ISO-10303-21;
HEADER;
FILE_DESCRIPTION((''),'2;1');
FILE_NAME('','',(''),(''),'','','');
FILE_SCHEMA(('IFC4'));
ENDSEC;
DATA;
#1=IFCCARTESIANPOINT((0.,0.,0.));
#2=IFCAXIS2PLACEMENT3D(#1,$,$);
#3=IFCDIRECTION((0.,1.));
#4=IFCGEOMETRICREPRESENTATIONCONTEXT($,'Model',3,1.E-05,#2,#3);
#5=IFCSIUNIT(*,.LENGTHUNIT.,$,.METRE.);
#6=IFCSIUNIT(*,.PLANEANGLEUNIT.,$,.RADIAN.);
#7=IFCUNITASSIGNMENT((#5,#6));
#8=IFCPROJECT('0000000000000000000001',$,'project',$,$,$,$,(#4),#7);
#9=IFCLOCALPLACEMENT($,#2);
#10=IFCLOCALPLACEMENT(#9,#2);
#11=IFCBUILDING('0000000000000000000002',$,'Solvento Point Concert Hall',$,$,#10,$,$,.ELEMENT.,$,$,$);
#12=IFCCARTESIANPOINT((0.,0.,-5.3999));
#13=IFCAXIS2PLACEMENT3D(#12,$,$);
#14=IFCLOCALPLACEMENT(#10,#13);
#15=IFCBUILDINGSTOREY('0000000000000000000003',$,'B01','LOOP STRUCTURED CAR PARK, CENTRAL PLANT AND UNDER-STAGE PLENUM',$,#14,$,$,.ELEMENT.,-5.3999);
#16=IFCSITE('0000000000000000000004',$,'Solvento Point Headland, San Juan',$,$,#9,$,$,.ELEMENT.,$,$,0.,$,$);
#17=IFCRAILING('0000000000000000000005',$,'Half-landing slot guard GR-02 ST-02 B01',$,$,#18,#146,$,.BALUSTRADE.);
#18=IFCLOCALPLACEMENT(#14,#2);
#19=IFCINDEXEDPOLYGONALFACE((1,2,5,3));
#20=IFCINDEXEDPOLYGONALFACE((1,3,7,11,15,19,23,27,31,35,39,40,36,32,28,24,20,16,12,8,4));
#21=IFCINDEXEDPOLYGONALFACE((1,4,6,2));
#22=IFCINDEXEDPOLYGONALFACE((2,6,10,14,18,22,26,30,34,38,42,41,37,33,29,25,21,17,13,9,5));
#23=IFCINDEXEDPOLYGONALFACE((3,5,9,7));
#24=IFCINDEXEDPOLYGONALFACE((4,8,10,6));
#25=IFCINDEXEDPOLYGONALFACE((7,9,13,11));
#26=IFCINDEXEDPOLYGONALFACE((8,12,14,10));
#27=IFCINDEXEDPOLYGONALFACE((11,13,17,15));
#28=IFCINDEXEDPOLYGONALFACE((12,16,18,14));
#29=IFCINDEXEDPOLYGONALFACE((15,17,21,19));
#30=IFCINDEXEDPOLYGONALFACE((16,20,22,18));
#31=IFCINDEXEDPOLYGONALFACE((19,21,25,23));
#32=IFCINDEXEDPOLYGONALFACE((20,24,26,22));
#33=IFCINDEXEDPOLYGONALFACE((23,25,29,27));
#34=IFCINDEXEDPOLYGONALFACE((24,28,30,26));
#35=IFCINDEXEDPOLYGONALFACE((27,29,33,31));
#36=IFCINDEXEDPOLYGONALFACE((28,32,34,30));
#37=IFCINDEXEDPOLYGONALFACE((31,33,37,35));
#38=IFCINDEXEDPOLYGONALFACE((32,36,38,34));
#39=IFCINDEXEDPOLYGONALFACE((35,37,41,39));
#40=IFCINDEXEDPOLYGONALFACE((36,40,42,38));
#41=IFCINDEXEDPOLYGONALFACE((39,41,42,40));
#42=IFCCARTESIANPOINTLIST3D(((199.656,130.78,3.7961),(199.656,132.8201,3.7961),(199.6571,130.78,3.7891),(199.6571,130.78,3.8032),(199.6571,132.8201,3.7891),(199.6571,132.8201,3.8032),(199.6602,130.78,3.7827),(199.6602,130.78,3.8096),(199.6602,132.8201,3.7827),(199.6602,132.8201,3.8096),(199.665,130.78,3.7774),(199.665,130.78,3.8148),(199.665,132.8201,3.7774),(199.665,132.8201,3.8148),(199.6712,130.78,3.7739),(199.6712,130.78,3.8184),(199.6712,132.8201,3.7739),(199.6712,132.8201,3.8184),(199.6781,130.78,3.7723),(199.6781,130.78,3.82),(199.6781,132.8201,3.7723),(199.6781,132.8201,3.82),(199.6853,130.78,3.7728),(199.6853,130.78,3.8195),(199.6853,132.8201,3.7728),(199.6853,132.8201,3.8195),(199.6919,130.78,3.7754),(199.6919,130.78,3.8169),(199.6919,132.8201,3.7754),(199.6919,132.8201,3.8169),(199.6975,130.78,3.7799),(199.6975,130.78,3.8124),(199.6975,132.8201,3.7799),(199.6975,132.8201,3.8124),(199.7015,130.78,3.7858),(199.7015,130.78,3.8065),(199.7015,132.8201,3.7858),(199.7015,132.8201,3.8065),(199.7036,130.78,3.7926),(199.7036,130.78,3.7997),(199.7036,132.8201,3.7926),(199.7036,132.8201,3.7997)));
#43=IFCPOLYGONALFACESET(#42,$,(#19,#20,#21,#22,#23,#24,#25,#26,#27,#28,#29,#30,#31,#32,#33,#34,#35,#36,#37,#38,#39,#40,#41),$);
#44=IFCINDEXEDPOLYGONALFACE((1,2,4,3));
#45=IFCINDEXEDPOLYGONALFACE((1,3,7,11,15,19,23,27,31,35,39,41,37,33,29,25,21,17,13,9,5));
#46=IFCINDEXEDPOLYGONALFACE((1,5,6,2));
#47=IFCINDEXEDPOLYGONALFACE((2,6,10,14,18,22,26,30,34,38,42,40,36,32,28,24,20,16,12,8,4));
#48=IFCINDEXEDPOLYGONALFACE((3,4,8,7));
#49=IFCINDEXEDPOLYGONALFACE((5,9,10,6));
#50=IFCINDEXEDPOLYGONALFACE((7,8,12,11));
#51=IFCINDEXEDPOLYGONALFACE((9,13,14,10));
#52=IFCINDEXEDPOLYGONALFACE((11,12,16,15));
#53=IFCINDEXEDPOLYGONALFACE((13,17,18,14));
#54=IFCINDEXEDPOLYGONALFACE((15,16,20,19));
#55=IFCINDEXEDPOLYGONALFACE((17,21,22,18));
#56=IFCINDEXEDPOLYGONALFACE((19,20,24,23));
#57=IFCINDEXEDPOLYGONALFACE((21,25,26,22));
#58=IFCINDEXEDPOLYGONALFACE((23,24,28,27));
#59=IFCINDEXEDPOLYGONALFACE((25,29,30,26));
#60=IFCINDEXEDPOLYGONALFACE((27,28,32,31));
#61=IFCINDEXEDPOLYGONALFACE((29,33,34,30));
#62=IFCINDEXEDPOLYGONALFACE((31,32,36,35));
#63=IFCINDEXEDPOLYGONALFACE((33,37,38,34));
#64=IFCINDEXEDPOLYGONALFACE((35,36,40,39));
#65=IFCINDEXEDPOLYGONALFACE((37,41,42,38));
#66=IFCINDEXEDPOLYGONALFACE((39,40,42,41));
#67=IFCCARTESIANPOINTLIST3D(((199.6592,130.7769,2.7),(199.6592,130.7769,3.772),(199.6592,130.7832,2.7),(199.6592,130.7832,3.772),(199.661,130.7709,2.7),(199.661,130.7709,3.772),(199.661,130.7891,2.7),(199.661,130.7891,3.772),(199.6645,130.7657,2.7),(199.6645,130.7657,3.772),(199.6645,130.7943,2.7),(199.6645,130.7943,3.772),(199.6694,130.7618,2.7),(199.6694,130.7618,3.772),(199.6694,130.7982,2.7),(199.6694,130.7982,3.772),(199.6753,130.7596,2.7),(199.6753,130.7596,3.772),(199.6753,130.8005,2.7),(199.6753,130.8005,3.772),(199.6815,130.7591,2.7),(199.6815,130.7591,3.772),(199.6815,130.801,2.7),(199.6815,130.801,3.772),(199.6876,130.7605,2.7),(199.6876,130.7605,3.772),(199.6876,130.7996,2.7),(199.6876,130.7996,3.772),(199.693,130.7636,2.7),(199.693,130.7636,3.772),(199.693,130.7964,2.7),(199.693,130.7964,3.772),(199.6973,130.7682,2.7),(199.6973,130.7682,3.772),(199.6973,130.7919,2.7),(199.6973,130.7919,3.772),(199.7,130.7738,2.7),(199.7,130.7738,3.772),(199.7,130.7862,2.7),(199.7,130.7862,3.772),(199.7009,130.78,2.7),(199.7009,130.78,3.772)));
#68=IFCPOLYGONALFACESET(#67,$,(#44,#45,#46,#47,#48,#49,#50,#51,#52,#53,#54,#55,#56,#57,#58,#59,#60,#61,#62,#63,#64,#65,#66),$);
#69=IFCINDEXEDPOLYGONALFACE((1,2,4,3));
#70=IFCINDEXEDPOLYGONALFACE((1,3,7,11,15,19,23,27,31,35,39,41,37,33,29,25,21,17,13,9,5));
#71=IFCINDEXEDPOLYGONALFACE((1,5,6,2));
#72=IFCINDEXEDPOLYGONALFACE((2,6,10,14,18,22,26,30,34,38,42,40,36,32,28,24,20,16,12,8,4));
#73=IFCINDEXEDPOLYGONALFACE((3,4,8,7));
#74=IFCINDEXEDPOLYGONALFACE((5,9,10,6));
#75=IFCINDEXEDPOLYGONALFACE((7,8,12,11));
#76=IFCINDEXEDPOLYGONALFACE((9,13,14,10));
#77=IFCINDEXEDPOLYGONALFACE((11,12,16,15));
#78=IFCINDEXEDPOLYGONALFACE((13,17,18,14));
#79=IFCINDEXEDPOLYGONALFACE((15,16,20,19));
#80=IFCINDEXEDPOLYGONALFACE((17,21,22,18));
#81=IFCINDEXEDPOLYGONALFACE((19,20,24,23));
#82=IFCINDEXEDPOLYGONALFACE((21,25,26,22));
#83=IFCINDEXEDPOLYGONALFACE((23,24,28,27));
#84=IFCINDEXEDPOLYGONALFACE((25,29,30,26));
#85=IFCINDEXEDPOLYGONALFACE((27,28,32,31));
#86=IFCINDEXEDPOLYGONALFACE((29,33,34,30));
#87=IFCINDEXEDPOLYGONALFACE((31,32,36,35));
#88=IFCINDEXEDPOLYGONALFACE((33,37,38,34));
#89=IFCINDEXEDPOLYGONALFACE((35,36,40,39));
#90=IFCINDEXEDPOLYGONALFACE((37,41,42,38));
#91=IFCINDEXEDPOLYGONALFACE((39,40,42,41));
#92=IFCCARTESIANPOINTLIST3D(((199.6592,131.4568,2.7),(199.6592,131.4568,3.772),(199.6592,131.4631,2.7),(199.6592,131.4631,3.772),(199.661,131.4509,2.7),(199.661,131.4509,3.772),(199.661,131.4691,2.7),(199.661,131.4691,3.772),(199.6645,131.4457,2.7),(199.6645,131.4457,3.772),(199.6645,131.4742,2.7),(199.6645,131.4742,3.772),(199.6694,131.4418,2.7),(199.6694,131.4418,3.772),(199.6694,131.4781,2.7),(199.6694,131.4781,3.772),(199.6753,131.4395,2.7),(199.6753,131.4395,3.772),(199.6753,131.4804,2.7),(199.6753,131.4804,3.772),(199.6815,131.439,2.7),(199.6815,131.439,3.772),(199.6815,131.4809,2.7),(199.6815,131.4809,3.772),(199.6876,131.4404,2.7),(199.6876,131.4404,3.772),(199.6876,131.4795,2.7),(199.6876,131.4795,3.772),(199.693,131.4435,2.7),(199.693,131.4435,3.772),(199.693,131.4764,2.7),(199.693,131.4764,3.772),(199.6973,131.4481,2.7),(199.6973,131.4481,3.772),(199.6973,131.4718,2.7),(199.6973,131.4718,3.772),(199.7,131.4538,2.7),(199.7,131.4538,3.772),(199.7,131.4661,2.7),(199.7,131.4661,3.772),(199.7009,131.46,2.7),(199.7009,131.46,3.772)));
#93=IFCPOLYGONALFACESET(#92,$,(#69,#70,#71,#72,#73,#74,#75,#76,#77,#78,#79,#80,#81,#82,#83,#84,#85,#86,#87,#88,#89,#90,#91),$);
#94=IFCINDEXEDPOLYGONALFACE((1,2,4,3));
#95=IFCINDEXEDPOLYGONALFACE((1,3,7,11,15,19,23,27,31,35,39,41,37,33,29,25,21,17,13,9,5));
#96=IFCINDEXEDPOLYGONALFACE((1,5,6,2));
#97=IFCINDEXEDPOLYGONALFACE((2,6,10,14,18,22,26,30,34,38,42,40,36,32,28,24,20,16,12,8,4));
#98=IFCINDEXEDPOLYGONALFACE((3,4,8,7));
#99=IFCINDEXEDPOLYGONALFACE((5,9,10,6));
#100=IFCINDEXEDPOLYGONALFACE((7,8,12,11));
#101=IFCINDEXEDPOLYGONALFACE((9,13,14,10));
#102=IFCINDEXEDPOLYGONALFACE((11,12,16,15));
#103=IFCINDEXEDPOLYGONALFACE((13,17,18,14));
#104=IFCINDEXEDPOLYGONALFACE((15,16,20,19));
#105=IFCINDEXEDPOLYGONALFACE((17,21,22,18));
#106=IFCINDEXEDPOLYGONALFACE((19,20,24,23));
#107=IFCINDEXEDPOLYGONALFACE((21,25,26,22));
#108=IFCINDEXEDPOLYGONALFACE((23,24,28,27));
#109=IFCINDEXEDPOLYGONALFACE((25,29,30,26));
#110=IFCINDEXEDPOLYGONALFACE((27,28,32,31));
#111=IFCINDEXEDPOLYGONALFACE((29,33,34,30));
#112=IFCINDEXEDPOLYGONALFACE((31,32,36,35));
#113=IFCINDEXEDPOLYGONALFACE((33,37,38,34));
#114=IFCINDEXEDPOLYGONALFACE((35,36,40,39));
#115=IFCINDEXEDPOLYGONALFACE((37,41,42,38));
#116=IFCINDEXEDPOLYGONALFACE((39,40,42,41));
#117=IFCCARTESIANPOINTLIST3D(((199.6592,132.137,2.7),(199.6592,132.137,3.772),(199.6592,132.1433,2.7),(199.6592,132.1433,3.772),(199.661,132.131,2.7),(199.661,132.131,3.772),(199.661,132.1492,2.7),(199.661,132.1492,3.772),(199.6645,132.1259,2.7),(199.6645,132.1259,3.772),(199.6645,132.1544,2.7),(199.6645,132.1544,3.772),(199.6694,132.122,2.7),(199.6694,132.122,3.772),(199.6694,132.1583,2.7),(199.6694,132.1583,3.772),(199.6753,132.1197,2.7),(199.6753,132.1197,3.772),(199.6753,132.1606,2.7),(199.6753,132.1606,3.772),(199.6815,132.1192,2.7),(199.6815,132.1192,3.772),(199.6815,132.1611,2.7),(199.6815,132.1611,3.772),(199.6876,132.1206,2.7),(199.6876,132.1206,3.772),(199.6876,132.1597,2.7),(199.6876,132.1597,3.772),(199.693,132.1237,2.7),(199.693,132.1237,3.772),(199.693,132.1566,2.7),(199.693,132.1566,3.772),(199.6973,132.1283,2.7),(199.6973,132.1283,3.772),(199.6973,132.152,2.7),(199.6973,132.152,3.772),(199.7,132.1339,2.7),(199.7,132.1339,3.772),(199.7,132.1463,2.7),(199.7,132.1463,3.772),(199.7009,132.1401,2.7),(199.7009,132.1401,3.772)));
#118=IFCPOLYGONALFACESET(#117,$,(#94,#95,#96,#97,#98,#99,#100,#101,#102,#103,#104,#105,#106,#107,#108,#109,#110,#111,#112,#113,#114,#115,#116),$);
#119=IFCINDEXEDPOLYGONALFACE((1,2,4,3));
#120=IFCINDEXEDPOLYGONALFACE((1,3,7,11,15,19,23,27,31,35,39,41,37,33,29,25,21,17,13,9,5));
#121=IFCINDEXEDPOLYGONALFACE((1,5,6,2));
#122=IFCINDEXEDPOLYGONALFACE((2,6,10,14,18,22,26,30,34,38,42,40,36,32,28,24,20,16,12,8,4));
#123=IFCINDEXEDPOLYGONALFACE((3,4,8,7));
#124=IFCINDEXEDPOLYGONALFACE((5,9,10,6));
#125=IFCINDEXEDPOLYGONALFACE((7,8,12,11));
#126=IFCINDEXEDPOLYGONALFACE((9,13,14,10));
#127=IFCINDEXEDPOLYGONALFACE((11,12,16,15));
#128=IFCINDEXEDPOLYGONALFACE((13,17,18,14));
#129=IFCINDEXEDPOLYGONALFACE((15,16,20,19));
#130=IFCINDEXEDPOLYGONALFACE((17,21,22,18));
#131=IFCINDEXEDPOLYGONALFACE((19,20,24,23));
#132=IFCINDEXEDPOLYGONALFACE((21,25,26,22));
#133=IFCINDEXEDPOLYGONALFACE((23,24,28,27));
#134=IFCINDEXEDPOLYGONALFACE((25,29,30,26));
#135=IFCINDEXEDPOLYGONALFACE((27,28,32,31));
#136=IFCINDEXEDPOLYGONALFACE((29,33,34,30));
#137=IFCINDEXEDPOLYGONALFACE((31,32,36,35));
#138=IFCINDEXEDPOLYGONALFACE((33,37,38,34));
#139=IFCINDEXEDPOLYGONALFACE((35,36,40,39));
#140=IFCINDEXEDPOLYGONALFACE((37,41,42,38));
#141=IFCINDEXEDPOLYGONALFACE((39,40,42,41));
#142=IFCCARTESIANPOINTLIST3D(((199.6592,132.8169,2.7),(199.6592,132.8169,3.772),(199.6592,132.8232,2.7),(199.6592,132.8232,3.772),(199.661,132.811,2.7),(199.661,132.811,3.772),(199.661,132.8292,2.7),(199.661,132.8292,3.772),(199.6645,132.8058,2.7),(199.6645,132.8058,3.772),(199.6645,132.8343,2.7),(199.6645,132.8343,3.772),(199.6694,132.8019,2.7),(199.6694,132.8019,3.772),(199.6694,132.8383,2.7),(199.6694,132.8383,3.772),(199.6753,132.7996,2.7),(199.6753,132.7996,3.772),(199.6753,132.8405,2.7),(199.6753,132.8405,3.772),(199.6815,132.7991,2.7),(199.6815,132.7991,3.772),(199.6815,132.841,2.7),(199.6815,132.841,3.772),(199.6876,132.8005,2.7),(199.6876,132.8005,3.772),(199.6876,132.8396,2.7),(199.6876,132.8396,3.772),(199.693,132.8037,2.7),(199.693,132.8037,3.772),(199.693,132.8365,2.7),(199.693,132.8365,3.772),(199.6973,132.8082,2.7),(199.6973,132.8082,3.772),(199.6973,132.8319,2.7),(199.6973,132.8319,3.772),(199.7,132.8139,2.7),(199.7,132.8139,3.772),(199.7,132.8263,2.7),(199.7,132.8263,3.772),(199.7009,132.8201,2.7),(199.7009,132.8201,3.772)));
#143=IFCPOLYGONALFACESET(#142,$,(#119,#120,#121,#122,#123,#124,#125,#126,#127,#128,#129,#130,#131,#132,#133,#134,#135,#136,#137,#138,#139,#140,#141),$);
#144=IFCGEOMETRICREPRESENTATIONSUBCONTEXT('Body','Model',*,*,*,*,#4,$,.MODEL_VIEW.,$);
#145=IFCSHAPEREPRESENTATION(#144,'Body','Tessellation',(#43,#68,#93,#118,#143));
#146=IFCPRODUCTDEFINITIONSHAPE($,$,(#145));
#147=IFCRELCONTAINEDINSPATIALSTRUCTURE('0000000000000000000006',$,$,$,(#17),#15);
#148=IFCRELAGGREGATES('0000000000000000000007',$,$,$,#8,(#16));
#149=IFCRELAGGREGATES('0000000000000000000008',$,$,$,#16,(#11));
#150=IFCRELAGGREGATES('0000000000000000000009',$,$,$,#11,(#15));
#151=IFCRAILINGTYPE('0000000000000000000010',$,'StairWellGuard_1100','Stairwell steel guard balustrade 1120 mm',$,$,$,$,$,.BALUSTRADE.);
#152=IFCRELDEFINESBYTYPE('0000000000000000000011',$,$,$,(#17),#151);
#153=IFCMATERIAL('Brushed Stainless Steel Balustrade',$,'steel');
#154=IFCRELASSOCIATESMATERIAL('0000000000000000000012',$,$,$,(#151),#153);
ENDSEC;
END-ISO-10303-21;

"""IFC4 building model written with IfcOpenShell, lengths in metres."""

from ifc_helpers import new_model, si_unit, direction, frame, origin, origin_2d, place, context, subcontext, project, spatial, circle, extrude, material, type_object, element, save


model = new_model("IFC4")

# Units and contexts
model_context = context("Model", 3, precision=1e-05, world=origin(), true_north=direction((0.0, 1.0)))
body_context = subcontext(model_context, "Body", "Model", "MODEL_VIEW")
ifc_project = project(units=[si_unit("LENGTHUNIT", "METRE"), si_unit("PLANEANGLEUNIT", "RADIAN")], contexts=[model_context])

# Site, building, storey
site_placement = place(None, origin())
site = spatial("IfcSite", under=ifc_project, at=site_placement, Name="Solvento Point Headland, San Juan", CompositionType="ELEMENT", RefElevation=0.0)
building_placement = place(site_placement, origin())
building = spatial("IfcBuilding", under=site, at=building_placement, Name="Solvento Point Concert Hall", CompositionType="ELEMENT")
storey_placement = place(building_placement, frame((0.0, 0.0, -5.3999)))
storey = spatial("IfcBuildingStorey", under=building, at=storey_placement, Name="B01", Description="LOOP STRUCTURED CAR PARK, CENTRAL PLANT AND UNDER-STAGE PLENUM", CompositionType="ELEMENT", Elevation=-5.3999)

# Railing
ifc_material_1 = material(Name="Brushed Stainless Steel Balustrade", Category="steel")
railing_type_1 = type_object("IfcRailingType", Name="StairWellGuard_1100", Description="Stairwell steel guard balustrade 1120 mm", PredefinedType="BALUSTRADE", material=ifc_material_1)
railing_1_placement = place(storey_placement, frame((199.6799, 130.78, 2.7)))
element("IfcRailing", 1, at=railing_1_placement, inside=storey, type_object=railing_type_1, Name="Half-landing slot guard GR-02 ST-02 B01", PredefinedType="BALUSTRADE", context=body_context, shape_type="SweptSolid", body=[
    extrude(circle(Radius=0.0239, at=origin_2d()), frame((0.0, 0.0, 1.0962), z_axis=(0.0, 1.0, 0.0), x_axis=(-1.0, 0.0, 0.0)), (0.0, 0.0, 1.0), 2.04),
    extrude(circle(Radius=0.021, at=origin_2d()), origin(), (0.0, 0.0, 1.0), 1.072),
    extrude(circle(Radius=0.021, at=origin_2d()), frame((0.0, 0.6799, 0.0)), (0.0, 0.0, 1.0), 1.072),
    extrude(circle(Radius=0.021, at=origin_2d()), frame((0.0, 1.3601, 0.0)), (0.0, 0.0, 1.0), 1.072),
    extrude(circle(Radius=0.021, at=origin_2d()), frame((0.0, 2.04, 0.0)), (0.0, 0.0, 1.0), 1.072),
])

save(model, "model.ifc")
